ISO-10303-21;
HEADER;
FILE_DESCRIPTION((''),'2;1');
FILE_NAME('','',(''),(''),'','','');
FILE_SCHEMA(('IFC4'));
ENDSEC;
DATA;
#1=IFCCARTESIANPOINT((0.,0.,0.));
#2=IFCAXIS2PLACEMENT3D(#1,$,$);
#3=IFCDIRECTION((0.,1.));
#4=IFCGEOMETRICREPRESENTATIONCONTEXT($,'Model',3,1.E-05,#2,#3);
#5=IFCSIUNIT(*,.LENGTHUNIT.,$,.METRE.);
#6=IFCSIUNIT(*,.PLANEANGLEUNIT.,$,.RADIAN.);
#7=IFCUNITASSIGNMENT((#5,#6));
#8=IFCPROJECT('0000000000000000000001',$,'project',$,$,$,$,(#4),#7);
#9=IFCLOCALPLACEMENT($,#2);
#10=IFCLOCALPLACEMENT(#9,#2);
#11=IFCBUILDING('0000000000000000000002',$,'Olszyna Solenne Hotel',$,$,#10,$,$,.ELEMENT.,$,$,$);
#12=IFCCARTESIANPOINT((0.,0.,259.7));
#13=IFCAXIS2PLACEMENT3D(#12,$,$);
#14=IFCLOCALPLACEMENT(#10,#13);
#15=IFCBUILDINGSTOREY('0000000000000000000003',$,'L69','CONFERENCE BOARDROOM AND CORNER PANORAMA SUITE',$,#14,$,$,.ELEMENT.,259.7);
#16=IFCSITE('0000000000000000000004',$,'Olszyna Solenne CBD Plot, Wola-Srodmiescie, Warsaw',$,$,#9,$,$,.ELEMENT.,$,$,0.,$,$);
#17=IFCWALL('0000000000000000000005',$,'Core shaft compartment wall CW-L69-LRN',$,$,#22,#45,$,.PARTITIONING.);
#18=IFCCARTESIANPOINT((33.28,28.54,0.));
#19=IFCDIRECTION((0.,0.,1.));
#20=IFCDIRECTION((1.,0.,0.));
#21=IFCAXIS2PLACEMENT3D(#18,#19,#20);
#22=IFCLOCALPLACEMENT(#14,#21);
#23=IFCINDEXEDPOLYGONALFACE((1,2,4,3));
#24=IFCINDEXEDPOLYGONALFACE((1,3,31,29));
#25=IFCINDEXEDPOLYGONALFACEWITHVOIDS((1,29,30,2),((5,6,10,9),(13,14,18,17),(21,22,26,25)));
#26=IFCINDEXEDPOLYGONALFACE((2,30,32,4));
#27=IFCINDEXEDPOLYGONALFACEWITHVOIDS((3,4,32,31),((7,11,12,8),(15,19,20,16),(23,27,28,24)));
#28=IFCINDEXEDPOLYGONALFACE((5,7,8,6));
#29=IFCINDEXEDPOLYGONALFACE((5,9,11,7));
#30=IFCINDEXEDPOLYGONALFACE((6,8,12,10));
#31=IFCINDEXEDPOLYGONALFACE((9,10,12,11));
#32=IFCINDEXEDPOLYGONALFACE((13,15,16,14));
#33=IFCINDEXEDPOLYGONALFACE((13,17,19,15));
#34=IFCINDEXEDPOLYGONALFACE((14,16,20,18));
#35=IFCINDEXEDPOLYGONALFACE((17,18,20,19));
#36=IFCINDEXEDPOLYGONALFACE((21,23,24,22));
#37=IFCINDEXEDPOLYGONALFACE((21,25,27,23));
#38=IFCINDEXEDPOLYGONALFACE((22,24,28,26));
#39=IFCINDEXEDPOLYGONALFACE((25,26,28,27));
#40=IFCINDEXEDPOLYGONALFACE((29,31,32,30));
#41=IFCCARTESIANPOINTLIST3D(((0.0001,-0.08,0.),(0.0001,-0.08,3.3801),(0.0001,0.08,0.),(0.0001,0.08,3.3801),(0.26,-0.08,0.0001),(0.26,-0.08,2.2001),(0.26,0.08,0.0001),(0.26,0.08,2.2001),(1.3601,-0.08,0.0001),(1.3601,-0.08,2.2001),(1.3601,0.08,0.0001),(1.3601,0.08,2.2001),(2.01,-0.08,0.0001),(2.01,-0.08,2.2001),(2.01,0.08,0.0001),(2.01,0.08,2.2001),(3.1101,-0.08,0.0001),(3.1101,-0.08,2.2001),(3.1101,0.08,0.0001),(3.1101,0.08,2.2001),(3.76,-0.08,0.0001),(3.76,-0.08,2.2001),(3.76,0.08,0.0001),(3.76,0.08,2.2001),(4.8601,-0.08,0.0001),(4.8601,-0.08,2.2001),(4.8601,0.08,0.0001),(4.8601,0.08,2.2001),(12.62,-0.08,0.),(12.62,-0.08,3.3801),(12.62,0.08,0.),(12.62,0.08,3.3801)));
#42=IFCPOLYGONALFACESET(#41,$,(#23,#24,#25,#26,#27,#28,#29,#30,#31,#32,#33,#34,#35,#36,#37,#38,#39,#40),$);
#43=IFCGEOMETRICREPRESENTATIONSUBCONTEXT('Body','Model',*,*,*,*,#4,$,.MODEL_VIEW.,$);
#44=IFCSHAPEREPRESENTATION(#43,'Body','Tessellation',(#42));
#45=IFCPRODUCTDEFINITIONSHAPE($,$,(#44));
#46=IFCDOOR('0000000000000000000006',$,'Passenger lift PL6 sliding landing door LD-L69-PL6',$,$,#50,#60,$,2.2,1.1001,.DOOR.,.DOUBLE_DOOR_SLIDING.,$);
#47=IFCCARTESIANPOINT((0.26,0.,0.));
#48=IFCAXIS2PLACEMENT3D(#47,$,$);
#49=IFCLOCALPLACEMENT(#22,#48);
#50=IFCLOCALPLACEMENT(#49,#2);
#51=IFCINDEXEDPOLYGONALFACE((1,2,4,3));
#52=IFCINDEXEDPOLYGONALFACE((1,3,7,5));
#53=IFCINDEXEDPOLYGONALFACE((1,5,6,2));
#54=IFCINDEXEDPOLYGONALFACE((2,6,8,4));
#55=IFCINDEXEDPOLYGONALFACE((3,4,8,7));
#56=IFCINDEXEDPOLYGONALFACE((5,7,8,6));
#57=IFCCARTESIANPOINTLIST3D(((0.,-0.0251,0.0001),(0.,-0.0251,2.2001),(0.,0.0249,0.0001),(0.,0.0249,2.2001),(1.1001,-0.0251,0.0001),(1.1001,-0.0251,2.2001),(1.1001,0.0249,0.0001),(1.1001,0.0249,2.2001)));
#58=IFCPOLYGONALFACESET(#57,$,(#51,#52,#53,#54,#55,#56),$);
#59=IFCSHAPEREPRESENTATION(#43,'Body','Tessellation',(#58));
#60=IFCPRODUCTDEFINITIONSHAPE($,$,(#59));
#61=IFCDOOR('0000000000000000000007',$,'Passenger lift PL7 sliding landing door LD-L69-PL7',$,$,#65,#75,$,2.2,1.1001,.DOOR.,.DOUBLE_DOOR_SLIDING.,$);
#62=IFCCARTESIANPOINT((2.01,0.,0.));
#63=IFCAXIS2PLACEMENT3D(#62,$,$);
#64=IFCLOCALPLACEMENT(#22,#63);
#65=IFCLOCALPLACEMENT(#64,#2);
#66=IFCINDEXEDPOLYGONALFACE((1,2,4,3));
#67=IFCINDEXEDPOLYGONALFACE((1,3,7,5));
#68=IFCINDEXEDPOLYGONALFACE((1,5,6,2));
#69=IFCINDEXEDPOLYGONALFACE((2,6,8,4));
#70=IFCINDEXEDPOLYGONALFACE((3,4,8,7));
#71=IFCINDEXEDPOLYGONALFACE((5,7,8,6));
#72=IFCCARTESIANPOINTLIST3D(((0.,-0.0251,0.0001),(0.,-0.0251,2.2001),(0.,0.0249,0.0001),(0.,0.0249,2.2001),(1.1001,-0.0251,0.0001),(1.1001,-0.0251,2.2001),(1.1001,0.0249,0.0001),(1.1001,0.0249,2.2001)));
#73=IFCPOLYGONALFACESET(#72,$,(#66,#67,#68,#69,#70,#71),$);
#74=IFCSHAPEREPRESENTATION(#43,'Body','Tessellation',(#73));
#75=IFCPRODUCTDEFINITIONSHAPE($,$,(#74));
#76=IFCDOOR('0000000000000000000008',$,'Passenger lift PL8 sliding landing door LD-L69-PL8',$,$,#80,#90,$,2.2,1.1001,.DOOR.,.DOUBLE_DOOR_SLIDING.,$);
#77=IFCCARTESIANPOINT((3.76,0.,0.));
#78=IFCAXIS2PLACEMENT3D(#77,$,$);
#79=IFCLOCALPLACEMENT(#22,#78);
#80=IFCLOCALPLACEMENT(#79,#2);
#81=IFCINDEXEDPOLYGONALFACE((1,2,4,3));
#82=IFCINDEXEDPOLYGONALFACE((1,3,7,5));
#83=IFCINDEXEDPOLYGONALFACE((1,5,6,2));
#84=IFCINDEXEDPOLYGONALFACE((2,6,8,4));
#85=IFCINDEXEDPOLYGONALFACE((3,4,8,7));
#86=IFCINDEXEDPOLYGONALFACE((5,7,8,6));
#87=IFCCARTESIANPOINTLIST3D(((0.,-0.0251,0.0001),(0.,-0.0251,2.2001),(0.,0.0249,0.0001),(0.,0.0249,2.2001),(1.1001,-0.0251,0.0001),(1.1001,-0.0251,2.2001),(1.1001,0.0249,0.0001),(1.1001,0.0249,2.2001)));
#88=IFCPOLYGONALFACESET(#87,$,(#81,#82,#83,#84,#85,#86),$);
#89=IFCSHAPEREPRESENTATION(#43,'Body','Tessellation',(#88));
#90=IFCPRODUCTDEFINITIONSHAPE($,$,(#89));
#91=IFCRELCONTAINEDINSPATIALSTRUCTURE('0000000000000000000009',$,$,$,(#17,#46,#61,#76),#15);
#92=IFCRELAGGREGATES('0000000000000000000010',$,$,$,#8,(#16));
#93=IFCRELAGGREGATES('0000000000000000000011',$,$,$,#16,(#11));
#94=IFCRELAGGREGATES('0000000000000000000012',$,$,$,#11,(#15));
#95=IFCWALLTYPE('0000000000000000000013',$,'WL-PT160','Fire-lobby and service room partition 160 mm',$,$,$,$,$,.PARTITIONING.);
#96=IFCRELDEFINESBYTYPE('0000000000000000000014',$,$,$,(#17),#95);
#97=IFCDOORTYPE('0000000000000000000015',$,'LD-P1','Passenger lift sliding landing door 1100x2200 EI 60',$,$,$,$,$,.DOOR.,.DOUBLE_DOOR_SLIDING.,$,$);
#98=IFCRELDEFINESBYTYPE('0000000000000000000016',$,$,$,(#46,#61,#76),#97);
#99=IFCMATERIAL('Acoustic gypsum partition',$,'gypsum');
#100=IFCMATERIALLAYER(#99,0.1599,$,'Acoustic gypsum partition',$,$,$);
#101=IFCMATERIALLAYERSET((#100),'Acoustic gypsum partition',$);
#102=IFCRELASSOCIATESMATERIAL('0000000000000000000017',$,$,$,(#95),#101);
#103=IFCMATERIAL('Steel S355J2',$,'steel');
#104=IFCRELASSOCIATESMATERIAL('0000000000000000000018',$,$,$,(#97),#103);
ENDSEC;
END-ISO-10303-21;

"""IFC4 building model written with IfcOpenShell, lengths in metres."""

from ifc_helpers import new_model, si_unit, direction, frame, frame_2d, origin, place, context, subcontext, project, spatial, rectangle, extrude, source, transform, mapped, material, layer, layer_set, type_object, type_shapes, element, fill, save


model = new_model("IFC4")

# Units and contexts
model_context = context("Model", 3, precision=1e-05, world=origin(), true_north=direction((0.0, 1.0)))
body_context = subcontext(model_context, "Body", "Model", "MODEL_VIEW")
ifc_project = project(units=[si_unit("LENGTHUNIT", "METRE"), si_unit("PLANEANGLEUNIT", "RADIAN")], contexts=[model_context])

# Site, building, storey
site_placement = place(None, origin())
site = spatial("IfcSite", under=ifc_project, at=site_placement, Name="Olszyna Solenne CBD Plot, Wola-Srodmiescie, Warsaw", CompositionType="ELEMENT", RefElevation=0.0)
building_placement = place(site_placement, origin())
building = spatial("IfcBuilding", under=site, at=building_placement, Name="Olszyna Solenne Hotel", CompositionType="ELEMENT")
storey_placement = place(building_placement, frame((0.0, 0.0, 259.7)))
storey = spatial("IfcBuildingStorey", under=building, at=storey_placement, Name="L69", Description="CONFERENCE BOARDROOM AND CORNER PANORAMA SUITE", CompositionType="ELEMENT", Elevation=259.7)

# Shared definitions
ifc_material_1 = material(Name="Steel S355J2", Category="steel")

# Shared definitions
ifc_material_2 = material(Name="Acoustic gypsum partition", Category="gypsum")
ifc_layer_1 = layer(ifc_material_2, 0.1599, Name="Acoustic gypsum partition")
ifc_layer_set_1 = layer_set([ifc_layer_1], Name="Acoustic gypsum partition")
wall_type_1 = type_object("IfcWallType", Name="WL-PT160", Description="Fire-lobby and service room partition 160 mm", PredefinedType="PARTITIONING", material=ifc_layer_set_1)

# Shared definitions
door_type_1 = type_object("IfcDoorType", Name="LD-P1", Description="Passenger lift sliding landing door 1100x2200 EI 60", OperationType="DOUBLE_DOOR_SLIDING", PredefinedType="DOOR", material=ifc_material_1)
shared_shape_1 = source(origin(), body_context, "Body", "SweptSolid", [
    extrude(rectangle(XDim=1.1001, YDim=2.2, at=frame_2d((0.55, 1.1001))), frame((0.0, 0.0249, 0.0), z_axis=(0.0, -1.0, 0.0), x_axis=(1.0, 0.0, 0.0)), (0.0, 0.0, 1.0), 0.05),
])
type_shapes(door_type_1, [shared_shape_1])

# Wall, openings, doors
wall_1_placement = place(storey_placement, frame((33.28, 28.54, 0.0), z_axis=(0.0, 0.0, 1.0), x_axis=(1.0, 0.0, 0.0)))
wall_1 = element("IfcWall", 1, at=wall_1_placement, inside=storey, type_object=wall_type_1, Name="Core shaft compartment wall CW-L69-LRN", PredefinedType="PARTITIONING", context=body_context, shape_type="SweptSolid", body=[
    extrude(rectangle(XDim=12.6199, YDim=0.1599, at=frame_2d((6.3101, 0.0))), origin(), (0.0, 0.0, 1.0), 3.3801),
])
opening_1_placement = place(wall_1_placement, frame((0.26, 0.0, 0.0)))
opening_1 = element("IfcOpeningElement", 2, at=opening_1_placement, cuts=wall_1, PredefinedType="OPENING", context=body_context, shape_type="SweptSolid", body=[
    extrude(rectangle(XDim=1.1001, YDim=2.2, at=frame_2d((0.55, 1.1001))), frame((0.0, 0.0898, 0.0), z_axis=(0.0, -1.0, 0.0), x_axis=(1.0, 0.0, 0.0)), (0.0, 0.0, 1.0), 0.1799),
])
opening_2_placement = place(wall_1_placement, frame((2.01, 0.0, 0.0)))
opening_2 = element("IfcOpeningElement", 3, at=opening_2_placement, cuts=wall_1, PredefinedType="OPENING", context=body_context, shape_type="SweptSolid", body=[
    extrude(rectangle(XDim=1.1001, YDim=2.2, at=frame_2d((0.55, 1.1001))), frame((0.0, 0.0898, 0.0), z_axis=(0.0, -1.0, 0.0), x_axis=(1.0, 0.0, 0.0)), (0.0, 0.0, 1.0), 0.1799),
])
opening_3_placement = place(wall_1_placement, frame((3.76, 0.0, 0.0)))
opening_3 = element("IfcOpeningElement", 4, at=opening_3_placement, cuts=wall_1, PredefinedType="OPENING", context=body_context, shape_type="SweptSolid", body=[
    extrude(rectangle(XDim=1.1001, YDim=2.2, at=frame_2d((0.55, 1.1001))), frame((0.0, 0.0898, 0.0), z_axis=(0.0, -1.0, 0.0), x_axis=(1.0, 0.0, 0.0)), (0.0, 0.0, 1.0), 0.1799),
])
door_1_placement = place(opening_1_placement, origin())
door_1 = element("IfcDoor", 5, at=door_1_placement, inside=storey, type_object=door_type_1, Name="Passenger lift PL6 sliding landing door LD-L69-PL6", OperationType="DOUBLE_DOOR_SLIDING", OverallHeight=2.2, OverallWidth=1.1001, PredefinedType="DOOR", context=body_context, shape_type="MappedRepresentation", body=[
    mapped(shared_shape_1, transform((0.0, 0.0, 0.0), x_axis=(1.0, 0.0, 0.0), y_axis=(0.0, 1.0, 0.0), z_axis=(0.0, 0.0, 1.0), scale=1.0)),
])
fill(opening_1, door_1)
door_2_placement = place(opening_2_placement, origin())
door_2 = element("IfcDoor", 6, at=door_2_placement, inside=storey, type_object=door_type_1, Name="Passenger lift PL7 sliding landing door LD-L69-PL7", OperationType="DOUBLE_DOOR_SLIDING", OverallHeight=2.2, OverallWidth=1.1001, PredefinedType="DOOR", context=body_context, shape_type="MappedRepresentation", body=[
    mapped(shared_shape_1, transform((0.0, 0.0, 0.0), x_axis=(1.0, 0.0, 0.0), y_axis=(0.0, 1.0, 0.0), z_axis=(0.0, 0.0, 1.0), scale=1.0)),
])
fill(opening_2, door_2)
door_3_placement = place(opening_3_placement, origin())
door_3 = element("IfcDoor", 7, at=door_3_placement, inside=storey, type_object=door_type_1, Name="Passenger lift PL8 sliding landing door LD-L69-PL8", OperationType="DOUBLE_DOOR_SLIDING", OverallHeight=2.2, OverallWidth=1.1001, PredefinedType="DOOR", context=body_context, shape_type="MappedRepresentation", body=[
    mapped(shared_shape_1, transform((0.0, 0.0, 0.0), x_axis=(1.0, 0.0, 0.0), y_axis=(0.0, 1.0, 0.0), z_axis=(0.0, 0.0, 1.0), scale=1.0)),
])
fill(opening_3, door_3)

save(model, "model.ifc")
